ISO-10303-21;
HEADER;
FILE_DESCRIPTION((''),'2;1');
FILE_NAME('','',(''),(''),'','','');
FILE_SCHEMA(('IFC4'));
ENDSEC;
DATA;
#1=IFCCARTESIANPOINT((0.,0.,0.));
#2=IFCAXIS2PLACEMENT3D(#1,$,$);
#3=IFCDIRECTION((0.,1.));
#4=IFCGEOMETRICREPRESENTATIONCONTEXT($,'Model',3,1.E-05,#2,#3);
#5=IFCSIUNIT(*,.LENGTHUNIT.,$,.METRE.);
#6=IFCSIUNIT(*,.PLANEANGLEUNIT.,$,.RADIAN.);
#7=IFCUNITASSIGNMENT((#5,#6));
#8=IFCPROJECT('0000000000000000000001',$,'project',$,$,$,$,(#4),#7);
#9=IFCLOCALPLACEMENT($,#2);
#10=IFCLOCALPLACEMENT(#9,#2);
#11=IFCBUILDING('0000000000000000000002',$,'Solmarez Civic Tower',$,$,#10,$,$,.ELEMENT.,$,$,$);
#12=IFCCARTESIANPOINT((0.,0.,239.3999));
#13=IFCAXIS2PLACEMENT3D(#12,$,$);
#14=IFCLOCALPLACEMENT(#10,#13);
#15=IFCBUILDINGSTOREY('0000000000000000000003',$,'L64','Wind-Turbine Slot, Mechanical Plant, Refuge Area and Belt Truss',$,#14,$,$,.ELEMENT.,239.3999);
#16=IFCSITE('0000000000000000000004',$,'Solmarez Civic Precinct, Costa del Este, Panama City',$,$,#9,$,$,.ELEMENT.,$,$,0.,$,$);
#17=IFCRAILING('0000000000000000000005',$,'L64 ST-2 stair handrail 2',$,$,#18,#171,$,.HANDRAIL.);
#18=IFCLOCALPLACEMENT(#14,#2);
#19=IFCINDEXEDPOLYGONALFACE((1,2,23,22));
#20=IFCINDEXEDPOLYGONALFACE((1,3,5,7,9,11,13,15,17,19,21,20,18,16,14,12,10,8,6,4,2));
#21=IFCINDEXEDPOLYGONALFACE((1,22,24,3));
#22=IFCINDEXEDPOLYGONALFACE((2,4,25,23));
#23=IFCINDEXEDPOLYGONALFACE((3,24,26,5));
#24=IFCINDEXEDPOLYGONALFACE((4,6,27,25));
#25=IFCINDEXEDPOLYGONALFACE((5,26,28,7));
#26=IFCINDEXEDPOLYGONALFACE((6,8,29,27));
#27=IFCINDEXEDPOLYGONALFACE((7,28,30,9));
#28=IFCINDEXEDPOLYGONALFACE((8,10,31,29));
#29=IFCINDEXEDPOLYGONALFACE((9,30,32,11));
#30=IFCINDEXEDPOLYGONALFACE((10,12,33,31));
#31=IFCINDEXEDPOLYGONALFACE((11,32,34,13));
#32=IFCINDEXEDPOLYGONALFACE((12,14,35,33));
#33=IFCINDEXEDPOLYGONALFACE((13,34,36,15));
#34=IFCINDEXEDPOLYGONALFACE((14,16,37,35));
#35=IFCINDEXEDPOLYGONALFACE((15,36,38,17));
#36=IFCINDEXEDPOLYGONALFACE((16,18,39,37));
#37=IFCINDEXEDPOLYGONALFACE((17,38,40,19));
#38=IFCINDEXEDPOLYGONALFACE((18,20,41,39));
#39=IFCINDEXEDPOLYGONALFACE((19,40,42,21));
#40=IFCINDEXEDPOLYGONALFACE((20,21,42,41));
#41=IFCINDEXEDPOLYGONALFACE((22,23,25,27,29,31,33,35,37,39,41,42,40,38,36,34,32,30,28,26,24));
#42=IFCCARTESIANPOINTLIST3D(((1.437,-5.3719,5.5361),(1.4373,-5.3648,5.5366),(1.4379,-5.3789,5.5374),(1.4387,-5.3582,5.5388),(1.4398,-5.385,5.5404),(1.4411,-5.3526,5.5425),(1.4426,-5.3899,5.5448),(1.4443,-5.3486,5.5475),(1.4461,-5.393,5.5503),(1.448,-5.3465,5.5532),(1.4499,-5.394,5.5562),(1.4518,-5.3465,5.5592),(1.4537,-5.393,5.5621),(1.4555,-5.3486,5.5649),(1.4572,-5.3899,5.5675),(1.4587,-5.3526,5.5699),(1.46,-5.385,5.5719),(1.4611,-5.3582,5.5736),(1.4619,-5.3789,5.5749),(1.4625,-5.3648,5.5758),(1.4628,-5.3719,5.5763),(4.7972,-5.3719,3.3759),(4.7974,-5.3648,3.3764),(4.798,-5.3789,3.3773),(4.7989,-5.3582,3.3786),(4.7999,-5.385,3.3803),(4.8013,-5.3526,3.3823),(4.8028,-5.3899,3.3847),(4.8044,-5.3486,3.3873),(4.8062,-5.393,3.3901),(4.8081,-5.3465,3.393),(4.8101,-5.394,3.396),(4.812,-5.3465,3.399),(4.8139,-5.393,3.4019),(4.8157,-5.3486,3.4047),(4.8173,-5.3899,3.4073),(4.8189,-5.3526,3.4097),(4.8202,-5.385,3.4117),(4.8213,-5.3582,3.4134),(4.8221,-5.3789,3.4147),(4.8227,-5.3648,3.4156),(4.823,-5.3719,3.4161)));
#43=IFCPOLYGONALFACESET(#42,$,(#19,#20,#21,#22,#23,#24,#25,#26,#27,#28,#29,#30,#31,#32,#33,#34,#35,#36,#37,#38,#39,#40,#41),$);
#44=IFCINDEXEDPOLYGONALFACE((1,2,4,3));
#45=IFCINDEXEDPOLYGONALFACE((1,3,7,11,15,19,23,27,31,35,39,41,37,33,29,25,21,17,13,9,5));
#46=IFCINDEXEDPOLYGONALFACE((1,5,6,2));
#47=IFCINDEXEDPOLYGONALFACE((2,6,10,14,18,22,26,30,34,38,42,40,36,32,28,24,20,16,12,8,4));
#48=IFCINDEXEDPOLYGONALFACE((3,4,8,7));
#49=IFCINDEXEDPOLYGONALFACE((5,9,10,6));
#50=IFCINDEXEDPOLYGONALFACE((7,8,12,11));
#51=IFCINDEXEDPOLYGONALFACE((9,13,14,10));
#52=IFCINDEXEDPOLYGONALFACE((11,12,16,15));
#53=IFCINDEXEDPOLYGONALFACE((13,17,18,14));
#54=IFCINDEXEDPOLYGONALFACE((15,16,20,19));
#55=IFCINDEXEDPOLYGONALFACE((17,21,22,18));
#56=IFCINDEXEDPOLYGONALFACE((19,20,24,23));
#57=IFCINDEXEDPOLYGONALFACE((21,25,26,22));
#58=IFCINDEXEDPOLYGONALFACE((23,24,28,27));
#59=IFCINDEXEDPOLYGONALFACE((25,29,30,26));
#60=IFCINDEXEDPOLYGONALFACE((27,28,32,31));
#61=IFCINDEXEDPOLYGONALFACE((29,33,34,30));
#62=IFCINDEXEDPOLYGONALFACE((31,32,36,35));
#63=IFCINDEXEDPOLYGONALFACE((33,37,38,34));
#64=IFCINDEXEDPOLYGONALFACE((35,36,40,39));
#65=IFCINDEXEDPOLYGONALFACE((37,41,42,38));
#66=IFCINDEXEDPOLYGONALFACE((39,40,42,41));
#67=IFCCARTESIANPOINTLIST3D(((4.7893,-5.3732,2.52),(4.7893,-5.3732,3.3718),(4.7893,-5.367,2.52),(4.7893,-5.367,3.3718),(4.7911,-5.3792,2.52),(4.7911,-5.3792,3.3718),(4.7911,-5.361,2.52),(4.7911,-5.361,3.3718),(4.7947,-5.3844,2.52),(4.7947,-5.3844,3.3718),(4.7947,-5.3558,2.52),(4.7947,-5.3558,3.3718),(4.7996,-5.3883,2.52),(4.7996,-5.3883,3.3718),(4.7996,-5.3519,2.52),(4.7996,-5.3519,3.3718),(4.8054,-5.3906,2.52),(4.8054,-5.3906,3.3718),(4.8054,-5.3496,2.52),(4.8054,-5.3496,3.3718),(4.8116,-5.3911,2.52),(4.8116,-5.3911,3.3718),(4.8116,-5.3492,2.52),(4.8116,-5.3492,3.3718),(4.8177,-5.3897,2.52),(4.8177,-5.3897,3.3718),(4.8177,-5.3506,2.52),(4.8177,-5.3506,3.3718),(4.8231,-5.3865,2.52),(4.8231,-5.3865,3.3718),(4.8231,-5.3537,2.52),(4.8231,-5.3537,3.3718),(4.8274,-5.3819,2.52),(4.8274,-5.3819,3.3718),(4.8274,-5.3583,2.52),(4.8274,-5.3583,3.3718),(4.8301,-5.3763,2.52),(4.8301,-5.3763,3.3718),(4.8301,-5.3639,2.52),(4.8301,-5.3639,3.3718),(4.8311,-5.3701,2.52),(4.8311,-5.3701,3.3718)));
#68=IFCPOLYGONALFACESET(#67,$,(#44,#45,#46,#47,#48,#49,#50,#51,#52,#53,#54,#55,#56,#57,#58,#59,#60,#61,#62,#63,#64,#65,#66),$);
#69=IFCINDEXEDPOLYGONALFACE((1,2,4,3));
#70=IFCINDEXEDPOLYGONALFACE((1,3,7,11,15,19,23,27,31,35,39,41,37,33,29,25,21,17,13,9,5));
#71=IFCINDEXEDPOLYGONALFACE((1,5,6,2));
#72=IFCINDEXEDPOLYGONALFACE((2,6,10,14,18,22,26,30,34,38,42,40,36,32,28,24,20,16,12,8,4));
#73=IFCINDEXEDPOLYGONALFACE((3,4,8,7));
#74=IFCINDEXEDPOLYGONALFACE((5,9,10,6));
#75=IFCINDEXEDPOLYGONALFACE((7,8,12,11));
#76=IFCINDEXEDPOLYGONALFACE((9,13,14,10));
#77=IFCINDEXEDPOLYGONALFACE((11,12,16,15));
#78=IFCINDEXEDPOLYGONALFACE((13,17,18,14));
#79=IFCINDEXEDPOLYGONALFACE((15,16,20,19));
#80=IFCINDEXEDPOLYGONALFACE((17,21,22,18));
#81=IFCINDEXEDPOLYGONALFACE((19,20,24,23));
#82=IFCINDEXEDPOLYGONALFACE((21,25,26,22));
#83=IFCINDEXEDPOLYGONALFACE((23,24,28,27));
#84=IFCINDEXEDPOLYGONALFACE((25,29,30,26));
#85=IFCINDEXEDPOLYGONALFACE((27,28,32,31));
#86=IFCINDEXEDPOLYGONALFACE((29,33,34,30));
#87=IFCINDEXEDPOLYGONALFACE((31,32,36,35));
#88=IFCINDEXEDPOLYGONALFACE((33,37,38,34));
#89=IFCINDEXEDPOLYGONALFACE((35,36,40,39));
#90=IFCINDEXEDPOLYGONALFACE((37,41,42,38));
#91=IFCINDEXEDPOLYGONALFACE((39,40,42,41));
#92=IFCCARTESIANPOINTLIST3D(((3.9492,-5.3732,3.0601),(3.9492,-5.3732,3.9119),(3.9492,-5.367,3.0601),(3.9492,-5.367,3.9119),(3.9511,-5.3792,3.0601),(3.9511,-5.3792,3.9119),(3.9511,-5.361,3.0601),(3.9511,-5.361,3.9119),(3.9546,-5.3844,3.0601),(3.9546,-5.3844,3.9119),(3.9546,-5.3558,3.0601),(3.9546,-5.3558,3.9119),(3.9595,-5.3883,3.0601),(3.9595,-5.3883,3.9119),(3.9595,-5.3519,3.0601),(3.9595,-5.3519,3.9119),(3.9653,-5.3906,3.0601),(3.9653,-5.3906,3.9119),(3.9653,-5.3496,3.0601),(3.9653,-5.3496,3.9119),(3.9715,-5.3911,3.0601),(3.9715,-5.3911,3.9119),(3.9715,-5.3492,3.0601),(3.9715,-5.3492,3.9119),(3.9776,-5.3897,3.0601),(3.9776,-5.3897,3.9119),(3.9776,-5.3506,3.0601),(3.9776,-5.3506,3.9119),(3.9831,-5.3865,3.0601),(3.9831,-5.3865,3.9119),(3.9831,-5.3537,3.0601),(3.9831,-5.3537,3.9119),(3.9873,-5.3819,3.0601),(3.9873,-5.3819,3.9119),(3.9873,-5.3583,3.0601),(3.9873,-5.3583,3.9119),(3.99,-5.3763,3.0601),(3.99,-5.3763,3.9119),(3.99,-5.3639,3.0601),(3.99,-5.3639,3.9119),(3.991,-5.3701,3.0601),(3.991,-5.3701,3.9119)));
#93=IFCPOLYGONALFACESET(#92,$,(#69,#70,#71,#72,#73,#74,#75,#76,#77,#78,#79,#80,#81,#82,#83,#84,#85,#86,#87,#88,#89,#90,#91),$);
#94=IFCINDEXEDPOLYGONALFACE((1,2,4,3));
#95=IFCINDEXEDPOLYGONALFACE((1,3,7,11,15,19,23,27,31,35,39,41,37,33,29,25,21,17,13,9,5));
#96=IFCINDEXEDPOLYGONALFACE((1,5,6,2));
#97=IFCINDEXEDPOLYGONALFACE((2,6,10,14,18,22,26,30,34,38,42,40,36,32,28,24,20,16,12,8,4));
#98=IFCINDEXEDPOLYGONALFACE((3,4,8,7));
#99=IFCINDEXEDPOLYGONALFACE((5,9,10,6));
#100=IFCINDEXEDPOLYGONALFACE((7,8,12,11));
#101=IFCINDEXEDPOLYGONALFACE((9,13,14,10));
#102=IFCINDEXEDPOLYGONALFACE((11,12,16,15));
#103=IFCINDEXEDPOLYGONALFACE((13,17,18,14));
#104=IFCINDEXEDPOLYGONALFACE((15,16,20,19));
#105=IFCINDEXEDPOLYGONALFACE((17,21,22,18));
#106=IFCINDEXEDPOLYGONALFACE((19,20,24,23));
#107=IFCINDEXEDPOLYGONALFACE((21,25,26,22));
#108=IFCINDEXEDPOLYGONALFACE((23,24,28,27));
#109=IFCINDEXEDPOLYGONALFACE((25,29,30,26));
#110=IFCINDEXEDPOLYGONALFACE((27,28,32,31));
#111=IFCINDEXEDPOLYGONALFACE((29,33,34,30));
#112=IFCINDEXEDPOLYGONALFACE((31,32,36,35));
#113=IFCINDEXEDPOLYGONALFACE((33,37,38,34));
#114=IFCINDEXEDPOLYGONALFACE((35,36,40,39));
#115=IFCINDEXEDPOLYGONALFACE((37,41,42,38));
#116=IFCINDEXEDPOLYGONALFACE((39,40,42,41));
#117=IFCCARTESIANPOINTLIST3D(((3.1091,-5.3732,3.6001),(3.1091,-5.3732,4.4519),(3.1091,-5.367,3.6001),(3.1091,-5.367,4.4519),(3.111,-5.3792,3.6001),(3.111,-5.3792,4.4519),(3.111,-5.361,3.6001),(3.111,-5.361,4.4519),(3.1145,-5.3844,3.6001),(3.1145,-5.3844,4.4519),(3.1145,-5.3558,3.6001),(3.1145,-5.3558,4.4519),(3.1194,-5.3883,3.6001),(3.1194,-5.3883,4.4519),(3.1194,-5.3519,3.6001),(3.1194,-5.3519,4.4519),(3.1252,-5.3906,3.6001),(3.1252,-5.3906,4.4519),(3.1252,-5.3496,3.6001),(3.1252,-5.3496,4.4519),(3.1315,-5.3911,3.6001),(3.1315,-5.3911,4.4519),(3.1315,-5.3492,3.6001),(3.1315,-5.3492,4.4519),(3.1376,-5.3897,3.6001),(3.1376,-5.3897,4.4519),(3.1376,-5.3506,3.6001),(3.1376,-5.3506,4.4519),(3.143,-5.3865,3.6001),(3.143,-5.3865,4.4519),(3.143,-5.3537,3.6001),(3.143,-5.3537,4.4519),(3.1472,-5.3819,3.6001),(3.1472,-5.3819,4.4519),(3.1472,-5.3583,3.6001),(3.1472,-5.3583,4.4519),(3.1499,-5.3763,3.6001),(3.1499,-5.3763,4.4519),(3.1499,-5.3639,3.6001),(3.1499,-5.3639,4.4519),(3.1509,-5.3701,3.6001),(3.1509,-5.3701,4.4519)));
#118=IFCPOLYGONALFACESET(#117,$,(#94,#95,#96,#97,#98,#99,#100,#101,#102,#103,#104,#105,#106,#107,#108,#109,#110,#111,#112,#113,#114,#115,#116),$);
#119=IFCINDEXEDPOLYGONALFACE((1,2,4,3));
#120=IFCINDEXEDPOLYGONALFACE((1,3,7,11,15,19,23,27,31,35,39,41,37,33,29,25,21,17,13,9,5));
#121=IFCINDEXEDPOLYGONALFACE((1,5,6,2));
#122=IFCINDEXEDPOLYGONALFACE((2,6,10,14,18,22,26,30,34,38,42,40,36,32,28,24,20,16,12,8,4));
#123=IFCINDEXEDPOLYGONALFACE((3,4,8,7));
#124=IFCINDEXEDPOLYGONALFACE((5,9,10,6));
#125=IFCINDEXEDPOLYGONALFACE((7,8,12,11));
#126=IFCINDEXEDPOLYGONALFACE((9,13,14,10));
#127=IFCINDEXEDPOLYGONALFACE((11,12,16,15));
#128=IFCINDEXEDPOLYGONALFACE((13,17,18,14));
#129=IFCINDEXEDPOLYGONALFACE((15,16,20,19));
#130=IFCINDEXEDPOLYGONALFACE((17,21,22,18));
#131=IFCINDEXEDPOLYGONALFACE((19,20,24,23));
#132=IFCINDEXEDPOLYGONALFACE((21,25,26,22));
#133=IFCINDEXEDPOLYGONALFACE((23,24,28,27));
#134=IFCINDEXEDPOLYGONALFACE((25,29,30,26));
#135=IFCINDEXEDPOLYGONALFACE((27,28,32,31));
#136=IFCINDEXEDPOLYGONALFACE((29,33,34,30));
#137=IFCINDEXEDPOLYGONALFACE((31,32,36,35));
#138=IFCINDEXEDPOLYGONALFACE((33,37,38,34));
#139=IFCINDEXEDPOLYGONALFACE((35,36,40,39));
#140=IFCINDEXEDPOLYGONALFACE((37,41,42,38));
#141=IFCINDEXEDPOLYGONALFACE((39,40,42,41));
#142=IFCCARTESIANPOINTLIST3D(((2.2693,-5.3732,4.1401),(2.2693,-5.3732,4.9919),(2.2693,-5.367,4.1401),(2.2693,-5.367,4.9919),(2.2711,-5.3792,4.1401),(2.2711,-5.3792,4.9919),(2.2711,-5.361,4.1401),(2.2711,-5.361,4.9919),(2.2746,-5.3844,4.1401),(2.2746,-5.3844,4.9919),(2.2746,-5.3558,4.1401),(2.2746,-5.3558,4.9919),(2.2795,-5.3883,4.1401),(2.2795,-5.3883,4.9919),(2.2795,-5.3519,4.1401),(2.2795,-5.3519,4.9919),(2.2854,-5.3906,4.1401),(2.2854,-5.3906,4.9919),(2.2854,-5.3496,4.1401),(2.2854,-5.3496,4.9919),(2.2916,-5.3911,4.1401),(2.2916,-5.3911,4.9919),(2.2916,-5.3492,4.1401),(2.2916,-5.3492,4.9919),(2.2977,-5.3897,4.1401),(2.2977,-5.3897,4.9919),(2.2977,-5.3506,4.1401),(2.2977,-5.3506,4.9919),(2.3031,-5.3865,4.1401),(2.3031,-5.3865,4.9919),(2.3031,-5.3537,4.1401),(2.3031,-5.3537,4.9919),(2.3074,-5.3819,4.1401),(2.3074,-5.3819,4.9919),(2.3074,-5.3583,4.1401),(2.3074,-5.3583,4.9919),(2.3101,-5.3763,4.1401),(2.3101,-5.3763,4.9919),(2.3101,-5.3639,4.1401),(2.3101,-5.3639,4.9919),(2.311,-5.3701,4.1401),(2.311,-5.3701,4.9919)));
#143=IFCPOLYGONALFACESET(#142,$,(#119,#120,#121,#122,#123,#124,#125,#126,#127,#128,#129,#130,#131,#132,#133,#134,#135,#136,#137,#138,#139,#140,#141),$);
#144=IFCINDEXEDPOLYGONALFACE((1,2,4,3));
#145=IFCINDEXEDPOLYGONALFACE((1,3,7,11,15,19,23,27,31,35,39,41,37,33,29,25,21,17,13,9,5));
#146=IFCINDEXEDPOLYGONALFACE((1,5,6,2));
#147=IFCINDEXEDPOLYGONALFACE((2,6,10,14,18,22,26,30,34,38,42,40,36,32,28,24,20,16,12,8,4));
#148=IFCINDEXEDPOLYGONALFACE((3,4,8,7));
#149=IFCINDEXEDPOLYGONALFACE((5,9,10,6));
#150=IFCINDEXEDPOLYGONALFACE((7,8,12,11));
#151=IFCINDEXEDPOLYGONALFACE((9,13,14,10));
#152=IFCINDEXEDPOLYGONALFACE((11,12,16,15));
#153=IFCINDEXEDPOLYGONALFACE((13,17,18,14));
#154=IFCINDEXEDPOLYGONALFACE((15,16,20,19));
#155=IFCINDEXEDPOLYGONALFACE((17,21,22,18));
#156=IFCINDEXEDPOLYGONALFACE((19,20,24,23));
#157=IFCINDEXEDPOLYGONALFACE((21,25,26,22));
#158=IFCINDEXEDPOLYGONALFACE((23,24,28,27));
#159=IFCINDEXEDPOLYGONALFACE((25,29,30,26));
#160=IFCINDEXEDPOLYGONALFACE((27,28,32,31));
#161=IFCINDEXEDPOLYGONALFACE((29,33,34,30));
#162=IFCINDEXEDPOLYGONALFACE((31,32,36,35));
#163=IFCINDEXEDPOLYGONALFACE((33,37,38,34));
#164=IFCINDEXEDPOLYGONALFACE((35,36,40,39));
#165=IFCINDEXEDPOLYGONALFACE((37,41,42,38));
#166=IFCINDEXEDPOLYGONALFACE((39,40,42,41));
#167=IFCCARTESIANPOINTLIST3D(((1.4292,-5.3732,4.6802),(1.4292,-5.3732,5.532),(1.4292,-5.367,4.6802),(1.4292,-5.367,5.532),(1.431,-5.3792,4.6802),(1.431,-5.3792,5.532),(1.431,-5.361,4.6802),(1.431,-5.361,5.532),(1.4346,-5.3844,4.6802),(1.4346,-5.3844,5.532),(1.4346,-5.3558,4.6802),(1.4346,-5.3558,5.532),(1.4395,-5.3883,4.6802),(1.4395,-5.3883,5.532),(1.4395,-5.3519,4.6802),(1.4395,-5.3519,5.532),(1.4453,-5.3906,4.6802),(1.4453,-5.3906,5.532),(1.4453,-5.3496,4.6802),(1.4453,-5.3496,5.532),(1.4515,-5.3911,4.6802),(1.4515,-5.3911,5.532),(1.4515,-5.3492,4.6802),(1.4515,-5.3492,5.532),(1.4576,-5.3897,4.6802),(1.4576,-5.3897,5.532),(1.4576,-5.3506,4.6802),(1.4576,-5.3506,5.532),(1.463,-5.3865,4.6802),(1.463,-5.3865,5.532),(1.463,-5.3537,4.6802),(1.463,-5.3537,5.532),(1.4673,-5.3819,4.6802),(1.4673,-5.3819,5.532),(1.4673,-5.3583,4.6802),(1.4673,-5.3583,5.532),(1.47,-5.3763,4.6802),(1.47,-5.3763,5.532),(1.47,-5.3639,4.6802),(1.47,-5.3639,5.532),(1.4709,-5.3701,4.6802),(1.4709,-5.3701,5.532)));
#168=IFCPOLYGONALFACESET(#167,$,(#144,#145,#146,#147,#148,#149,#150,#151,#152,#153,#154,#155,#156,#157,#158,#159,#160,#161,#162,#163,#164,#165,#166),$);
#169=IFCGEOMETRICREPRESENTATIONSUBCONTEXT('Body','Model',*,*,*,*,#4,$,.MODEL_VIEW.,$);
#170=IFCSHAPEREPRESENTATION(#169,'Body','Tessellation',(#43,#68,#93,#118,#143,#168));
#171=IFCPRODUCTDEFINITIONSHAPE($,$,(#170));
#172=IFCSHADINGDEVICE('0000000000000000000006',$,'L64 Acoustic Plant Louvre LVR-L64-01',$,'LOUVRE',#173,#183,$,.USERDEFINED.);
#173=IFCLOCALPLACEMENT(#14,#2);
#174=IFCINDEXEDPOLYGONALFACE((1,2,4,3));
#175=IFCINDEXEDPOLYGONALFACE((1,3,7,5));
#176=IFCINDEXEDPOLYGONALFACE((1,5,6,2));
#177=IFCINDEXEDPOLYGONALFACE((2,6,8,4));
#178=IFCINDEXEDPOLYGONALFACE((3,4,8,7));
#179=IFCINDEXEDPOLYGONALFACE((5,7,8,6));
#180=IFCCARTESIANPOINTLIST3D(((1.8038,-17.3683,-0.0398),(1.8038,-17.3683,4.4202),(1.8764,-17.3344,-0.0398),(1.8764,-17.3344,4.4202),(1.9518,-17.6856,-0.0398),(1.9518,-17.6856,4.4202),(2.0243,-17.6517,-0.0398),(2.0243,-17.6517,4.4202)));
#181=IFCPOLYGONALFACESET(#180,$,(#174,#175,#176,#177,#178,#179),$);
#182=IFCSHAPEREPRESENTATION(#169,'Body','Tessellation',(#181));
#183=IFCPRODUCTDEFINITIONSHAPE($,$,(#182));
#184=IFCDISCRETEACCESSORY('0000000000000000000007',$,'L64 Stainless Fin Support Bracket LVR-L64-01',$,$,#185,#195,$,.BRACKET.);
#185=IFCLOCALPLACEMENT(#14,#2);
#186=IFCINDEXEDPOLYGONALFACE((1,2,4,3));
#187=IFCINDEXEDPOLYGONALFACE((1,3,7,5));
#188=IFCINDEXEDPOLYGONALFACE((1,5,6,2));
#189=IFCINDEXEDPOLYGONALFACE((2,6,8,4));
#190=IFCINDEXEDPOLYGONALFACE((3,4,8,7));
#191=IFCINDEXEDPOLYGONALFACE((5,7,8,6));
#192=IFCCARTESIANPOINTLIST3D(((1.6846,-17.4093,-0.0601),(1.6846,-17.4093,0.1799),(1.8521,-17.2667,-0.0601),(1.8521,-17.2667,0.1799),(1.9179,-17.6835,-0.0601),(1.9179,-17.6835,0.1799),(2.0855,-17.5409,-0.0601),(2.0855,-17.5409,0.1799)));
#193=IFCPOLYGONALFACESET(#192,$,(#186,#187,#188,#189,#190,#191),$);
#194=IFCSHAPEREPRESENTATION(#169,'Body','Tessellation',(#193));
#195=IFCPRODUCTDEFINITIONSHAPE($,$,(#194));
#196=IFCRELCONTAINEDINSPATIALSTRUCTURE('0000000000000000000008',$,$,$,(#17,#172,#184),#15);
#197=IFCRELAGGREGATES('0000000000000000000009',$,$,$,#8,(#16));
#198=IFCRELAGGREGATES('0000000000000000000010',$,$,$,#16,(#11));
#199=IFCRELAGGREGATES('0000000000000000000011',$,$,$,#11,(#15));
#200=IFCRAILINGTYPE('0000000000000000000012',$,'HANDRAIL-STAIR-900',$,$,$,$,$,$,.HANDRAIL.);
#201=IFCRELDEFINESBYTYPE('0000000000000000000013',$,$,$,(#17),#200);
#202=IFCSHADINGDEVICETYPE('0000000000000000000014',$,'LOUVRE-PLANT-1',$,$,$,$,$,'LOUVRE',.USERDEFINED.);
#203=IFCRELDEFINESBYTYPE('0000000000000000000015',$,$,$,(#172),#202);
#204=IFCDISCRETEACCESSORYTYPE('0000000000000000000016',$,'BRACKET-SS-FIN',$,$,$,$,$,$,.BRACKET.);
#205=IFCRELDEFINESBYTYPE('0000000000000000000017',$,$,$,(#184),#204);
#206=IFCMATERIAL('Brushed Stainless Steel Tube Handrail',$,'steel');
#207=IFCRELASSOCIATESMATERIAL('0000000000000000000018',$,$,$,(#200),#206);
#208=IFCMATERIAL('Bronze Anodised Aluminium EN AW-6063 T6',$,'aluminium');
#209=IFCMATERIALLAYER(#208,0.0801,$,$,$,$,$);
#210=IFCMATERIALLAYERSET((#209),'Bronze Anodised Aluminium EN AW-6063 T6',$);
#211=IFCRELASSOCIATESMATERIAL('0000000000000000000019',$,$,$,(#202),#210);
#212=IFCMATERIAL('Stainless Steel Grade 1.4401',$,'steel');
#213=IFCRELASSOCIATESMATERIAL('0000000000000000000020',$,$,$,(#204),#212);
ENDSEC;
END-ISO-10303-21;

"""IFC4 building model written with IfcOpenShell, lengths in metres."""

from ifc_helpers import new_model, si_unit, direction, frame, origin, origin_2d, place, context, subcontext, project, spatial, rectangle, circle, extrude, material, layer, layer_set, type_object, element, save


model = new_model("IFC4")

# Units and contexts
model_context = context("Model", 3, precision=1e-05, world=origin(), true_north=direction((0.0, 1.0)))
body_context = subcontext(model_context, "Body", "Model", "MODEL_VIEW")
ifc_project = project(units=[si_unit("LENGTHUNIT", "METRE"), si_unit("PLANEANGLEUNIT", "RADIAN")], contexts=[model_context])

# Site, building, storey
site_placement = place(None, origin())
site = spatial("IfcSite", under=ifc_project, at=site_placement, Name="Solmarez Civic Precinct, Costa del Este, Panama City", CompositionType="ELEMENT", RefElevation=0.0)
building_placement = place(site_placement, origin())
building = spatial("IfcBuilding", under=site, at=building_placement, Name="Solmarez Civic Tower", CompositionType="ELEMENT")
storey_placement = place(building_placement, frame((0.0, 0.0, 239.3999)))
storey = spatial("IfcBuildingStorey", under=building, at=storey_placement, Name="L64", Description="Wind-Turbine Slot, Mechanical Plant, Refuge Area and Belt Truss", CompositionType="ELEMENT", Elevation=239.3999)

# Railing
ifc_material_1 = material(Name="Brushed Stainless Steel Tube Handrail", Category="steel")
railing_type_1 = type_object("IfcRailingType", Name="HANDRAIL-STAIR-900", PredefinedType="HANDRAIL", material=ifc_material_1)
railing_1_placement = place(storey_placement, frame((4.8101, -5.3701, 2.52)))
element("IfcRailing", 1, at=railing_1_placement, inside=storey, type_object=railing_type_1, Name="L64 ST-2 stair handrail 2", PredefinedType="HANDRAIL", context=body_context, shape_type="SweptSolid", body=[
    extrude(circle(Radius=0.0239, at=origin_2d()), frame((0.0, 0.0, 0.876), z_axis=(-0.841169, 0.0, 0.540773), x_axis=(0.0, -1.0, 0.0)), (0.0, 0.0, 1.0), 3.9946),
    extrude(circle(Radius=0.021, at=origin_2d()), origin(), (0.0, 0.0, 1.0), 0.8518),
    extrude(circle(Radius=0.021, at=origin_2d()), frame((-0.8401, 0.0, 0.54)), (0.0, 0.0, 1.0), 0.8518),
    extrude(circle(Radius=0.021, at=origin_2d()), frame((-1.6802, 0.0, 1.0801)), (0.0, 0.0, 1.0), 0.8518),
    extrude(circle(Radius=0.021, at=origin_2d()), frame((-2.52, 0.0, 1.6201)), (0.0, 0.0, 1.0), 0.8518),
    extrude(circle(Radius=0.021, at=origin_2d()), frame((-3.3601, 0.0, 2.1602)), (0.0, 0.0, 1.0), 0.8518),
])

# Shading device
ifc_material_2 = material(Name="Bronze Anodised Aluminium EN AW-6063 T6", Category="aluminium")
ifc_layer_1 = layer(ifc_material_2, 0.0801)
ifc_layer_set_1 = layer_set([ifc_layer_1], Name="Bronze Anodised Aluminium EN AW-6063 T6")
shading_device_type = type_object("IfcShadingDeviceType", Name="LOUVRE-PLANT-1", ElementType="LOUVRE", PredefinedType="USERDEFINED", material=ifc_layer_set_1)
shading_device_placement = place(storey_placement, frame((1.9141, -17.51, -0.0398), z_axis=(0.0, 0.0, 1.0), x_axis=(0.422602, -0.906315, 0.0)))
element("IfcShadingDevice", 2, at=shading_device_placement, inside=storey, type_object=shading_device_type, Name="L64 Acoustic Plant Louvre LVR-L64-01", ObjectType="LOUVRE", PredefinedType="USERDEFINED", context=body_context, shape_type="SweptSolid", body=[
    extrude(rectangle(XDim=0.3501, YDim=0.0801, at=origin_2d()), origin(), (0.0, 0.0, 1.0), 4.46),
])

# Discrete accessory
ifc_material_3 = material(Name="Stainless Steel Grade 1.4401", Category="steel")
discrete_accessory_type = type_object("IfcDiscreteAccessoryType", Name="BRACKET-SS-FIN", PredefinedType="BRACKET", material=ifc_material_3)
discrete_accessory_placement = place(storey_placement, frame((1.885, -17.4751, -0.0601), z_axis=(0.0, 0.0, 1.0), x_axis=(0.6481, -0.761555, 0.0)))
element("IfcDiscreteAccessory", 3, at=discrete_accessory_placement, inside=storey, type_object=discrete_accessory_type, Name="L64 Stainless Fin Support Bracket LVR-L64-01", PredefinedType="BRACKET", context=body_context, shape_type="SweptSolid", body=[
    extrude(rectangle(XDim=0.3601, YDim=0.22, at=origin_2d()), origin(), (0.0, 0.0, 1.0), 0.24),
])

save(model, "model.ifc")
